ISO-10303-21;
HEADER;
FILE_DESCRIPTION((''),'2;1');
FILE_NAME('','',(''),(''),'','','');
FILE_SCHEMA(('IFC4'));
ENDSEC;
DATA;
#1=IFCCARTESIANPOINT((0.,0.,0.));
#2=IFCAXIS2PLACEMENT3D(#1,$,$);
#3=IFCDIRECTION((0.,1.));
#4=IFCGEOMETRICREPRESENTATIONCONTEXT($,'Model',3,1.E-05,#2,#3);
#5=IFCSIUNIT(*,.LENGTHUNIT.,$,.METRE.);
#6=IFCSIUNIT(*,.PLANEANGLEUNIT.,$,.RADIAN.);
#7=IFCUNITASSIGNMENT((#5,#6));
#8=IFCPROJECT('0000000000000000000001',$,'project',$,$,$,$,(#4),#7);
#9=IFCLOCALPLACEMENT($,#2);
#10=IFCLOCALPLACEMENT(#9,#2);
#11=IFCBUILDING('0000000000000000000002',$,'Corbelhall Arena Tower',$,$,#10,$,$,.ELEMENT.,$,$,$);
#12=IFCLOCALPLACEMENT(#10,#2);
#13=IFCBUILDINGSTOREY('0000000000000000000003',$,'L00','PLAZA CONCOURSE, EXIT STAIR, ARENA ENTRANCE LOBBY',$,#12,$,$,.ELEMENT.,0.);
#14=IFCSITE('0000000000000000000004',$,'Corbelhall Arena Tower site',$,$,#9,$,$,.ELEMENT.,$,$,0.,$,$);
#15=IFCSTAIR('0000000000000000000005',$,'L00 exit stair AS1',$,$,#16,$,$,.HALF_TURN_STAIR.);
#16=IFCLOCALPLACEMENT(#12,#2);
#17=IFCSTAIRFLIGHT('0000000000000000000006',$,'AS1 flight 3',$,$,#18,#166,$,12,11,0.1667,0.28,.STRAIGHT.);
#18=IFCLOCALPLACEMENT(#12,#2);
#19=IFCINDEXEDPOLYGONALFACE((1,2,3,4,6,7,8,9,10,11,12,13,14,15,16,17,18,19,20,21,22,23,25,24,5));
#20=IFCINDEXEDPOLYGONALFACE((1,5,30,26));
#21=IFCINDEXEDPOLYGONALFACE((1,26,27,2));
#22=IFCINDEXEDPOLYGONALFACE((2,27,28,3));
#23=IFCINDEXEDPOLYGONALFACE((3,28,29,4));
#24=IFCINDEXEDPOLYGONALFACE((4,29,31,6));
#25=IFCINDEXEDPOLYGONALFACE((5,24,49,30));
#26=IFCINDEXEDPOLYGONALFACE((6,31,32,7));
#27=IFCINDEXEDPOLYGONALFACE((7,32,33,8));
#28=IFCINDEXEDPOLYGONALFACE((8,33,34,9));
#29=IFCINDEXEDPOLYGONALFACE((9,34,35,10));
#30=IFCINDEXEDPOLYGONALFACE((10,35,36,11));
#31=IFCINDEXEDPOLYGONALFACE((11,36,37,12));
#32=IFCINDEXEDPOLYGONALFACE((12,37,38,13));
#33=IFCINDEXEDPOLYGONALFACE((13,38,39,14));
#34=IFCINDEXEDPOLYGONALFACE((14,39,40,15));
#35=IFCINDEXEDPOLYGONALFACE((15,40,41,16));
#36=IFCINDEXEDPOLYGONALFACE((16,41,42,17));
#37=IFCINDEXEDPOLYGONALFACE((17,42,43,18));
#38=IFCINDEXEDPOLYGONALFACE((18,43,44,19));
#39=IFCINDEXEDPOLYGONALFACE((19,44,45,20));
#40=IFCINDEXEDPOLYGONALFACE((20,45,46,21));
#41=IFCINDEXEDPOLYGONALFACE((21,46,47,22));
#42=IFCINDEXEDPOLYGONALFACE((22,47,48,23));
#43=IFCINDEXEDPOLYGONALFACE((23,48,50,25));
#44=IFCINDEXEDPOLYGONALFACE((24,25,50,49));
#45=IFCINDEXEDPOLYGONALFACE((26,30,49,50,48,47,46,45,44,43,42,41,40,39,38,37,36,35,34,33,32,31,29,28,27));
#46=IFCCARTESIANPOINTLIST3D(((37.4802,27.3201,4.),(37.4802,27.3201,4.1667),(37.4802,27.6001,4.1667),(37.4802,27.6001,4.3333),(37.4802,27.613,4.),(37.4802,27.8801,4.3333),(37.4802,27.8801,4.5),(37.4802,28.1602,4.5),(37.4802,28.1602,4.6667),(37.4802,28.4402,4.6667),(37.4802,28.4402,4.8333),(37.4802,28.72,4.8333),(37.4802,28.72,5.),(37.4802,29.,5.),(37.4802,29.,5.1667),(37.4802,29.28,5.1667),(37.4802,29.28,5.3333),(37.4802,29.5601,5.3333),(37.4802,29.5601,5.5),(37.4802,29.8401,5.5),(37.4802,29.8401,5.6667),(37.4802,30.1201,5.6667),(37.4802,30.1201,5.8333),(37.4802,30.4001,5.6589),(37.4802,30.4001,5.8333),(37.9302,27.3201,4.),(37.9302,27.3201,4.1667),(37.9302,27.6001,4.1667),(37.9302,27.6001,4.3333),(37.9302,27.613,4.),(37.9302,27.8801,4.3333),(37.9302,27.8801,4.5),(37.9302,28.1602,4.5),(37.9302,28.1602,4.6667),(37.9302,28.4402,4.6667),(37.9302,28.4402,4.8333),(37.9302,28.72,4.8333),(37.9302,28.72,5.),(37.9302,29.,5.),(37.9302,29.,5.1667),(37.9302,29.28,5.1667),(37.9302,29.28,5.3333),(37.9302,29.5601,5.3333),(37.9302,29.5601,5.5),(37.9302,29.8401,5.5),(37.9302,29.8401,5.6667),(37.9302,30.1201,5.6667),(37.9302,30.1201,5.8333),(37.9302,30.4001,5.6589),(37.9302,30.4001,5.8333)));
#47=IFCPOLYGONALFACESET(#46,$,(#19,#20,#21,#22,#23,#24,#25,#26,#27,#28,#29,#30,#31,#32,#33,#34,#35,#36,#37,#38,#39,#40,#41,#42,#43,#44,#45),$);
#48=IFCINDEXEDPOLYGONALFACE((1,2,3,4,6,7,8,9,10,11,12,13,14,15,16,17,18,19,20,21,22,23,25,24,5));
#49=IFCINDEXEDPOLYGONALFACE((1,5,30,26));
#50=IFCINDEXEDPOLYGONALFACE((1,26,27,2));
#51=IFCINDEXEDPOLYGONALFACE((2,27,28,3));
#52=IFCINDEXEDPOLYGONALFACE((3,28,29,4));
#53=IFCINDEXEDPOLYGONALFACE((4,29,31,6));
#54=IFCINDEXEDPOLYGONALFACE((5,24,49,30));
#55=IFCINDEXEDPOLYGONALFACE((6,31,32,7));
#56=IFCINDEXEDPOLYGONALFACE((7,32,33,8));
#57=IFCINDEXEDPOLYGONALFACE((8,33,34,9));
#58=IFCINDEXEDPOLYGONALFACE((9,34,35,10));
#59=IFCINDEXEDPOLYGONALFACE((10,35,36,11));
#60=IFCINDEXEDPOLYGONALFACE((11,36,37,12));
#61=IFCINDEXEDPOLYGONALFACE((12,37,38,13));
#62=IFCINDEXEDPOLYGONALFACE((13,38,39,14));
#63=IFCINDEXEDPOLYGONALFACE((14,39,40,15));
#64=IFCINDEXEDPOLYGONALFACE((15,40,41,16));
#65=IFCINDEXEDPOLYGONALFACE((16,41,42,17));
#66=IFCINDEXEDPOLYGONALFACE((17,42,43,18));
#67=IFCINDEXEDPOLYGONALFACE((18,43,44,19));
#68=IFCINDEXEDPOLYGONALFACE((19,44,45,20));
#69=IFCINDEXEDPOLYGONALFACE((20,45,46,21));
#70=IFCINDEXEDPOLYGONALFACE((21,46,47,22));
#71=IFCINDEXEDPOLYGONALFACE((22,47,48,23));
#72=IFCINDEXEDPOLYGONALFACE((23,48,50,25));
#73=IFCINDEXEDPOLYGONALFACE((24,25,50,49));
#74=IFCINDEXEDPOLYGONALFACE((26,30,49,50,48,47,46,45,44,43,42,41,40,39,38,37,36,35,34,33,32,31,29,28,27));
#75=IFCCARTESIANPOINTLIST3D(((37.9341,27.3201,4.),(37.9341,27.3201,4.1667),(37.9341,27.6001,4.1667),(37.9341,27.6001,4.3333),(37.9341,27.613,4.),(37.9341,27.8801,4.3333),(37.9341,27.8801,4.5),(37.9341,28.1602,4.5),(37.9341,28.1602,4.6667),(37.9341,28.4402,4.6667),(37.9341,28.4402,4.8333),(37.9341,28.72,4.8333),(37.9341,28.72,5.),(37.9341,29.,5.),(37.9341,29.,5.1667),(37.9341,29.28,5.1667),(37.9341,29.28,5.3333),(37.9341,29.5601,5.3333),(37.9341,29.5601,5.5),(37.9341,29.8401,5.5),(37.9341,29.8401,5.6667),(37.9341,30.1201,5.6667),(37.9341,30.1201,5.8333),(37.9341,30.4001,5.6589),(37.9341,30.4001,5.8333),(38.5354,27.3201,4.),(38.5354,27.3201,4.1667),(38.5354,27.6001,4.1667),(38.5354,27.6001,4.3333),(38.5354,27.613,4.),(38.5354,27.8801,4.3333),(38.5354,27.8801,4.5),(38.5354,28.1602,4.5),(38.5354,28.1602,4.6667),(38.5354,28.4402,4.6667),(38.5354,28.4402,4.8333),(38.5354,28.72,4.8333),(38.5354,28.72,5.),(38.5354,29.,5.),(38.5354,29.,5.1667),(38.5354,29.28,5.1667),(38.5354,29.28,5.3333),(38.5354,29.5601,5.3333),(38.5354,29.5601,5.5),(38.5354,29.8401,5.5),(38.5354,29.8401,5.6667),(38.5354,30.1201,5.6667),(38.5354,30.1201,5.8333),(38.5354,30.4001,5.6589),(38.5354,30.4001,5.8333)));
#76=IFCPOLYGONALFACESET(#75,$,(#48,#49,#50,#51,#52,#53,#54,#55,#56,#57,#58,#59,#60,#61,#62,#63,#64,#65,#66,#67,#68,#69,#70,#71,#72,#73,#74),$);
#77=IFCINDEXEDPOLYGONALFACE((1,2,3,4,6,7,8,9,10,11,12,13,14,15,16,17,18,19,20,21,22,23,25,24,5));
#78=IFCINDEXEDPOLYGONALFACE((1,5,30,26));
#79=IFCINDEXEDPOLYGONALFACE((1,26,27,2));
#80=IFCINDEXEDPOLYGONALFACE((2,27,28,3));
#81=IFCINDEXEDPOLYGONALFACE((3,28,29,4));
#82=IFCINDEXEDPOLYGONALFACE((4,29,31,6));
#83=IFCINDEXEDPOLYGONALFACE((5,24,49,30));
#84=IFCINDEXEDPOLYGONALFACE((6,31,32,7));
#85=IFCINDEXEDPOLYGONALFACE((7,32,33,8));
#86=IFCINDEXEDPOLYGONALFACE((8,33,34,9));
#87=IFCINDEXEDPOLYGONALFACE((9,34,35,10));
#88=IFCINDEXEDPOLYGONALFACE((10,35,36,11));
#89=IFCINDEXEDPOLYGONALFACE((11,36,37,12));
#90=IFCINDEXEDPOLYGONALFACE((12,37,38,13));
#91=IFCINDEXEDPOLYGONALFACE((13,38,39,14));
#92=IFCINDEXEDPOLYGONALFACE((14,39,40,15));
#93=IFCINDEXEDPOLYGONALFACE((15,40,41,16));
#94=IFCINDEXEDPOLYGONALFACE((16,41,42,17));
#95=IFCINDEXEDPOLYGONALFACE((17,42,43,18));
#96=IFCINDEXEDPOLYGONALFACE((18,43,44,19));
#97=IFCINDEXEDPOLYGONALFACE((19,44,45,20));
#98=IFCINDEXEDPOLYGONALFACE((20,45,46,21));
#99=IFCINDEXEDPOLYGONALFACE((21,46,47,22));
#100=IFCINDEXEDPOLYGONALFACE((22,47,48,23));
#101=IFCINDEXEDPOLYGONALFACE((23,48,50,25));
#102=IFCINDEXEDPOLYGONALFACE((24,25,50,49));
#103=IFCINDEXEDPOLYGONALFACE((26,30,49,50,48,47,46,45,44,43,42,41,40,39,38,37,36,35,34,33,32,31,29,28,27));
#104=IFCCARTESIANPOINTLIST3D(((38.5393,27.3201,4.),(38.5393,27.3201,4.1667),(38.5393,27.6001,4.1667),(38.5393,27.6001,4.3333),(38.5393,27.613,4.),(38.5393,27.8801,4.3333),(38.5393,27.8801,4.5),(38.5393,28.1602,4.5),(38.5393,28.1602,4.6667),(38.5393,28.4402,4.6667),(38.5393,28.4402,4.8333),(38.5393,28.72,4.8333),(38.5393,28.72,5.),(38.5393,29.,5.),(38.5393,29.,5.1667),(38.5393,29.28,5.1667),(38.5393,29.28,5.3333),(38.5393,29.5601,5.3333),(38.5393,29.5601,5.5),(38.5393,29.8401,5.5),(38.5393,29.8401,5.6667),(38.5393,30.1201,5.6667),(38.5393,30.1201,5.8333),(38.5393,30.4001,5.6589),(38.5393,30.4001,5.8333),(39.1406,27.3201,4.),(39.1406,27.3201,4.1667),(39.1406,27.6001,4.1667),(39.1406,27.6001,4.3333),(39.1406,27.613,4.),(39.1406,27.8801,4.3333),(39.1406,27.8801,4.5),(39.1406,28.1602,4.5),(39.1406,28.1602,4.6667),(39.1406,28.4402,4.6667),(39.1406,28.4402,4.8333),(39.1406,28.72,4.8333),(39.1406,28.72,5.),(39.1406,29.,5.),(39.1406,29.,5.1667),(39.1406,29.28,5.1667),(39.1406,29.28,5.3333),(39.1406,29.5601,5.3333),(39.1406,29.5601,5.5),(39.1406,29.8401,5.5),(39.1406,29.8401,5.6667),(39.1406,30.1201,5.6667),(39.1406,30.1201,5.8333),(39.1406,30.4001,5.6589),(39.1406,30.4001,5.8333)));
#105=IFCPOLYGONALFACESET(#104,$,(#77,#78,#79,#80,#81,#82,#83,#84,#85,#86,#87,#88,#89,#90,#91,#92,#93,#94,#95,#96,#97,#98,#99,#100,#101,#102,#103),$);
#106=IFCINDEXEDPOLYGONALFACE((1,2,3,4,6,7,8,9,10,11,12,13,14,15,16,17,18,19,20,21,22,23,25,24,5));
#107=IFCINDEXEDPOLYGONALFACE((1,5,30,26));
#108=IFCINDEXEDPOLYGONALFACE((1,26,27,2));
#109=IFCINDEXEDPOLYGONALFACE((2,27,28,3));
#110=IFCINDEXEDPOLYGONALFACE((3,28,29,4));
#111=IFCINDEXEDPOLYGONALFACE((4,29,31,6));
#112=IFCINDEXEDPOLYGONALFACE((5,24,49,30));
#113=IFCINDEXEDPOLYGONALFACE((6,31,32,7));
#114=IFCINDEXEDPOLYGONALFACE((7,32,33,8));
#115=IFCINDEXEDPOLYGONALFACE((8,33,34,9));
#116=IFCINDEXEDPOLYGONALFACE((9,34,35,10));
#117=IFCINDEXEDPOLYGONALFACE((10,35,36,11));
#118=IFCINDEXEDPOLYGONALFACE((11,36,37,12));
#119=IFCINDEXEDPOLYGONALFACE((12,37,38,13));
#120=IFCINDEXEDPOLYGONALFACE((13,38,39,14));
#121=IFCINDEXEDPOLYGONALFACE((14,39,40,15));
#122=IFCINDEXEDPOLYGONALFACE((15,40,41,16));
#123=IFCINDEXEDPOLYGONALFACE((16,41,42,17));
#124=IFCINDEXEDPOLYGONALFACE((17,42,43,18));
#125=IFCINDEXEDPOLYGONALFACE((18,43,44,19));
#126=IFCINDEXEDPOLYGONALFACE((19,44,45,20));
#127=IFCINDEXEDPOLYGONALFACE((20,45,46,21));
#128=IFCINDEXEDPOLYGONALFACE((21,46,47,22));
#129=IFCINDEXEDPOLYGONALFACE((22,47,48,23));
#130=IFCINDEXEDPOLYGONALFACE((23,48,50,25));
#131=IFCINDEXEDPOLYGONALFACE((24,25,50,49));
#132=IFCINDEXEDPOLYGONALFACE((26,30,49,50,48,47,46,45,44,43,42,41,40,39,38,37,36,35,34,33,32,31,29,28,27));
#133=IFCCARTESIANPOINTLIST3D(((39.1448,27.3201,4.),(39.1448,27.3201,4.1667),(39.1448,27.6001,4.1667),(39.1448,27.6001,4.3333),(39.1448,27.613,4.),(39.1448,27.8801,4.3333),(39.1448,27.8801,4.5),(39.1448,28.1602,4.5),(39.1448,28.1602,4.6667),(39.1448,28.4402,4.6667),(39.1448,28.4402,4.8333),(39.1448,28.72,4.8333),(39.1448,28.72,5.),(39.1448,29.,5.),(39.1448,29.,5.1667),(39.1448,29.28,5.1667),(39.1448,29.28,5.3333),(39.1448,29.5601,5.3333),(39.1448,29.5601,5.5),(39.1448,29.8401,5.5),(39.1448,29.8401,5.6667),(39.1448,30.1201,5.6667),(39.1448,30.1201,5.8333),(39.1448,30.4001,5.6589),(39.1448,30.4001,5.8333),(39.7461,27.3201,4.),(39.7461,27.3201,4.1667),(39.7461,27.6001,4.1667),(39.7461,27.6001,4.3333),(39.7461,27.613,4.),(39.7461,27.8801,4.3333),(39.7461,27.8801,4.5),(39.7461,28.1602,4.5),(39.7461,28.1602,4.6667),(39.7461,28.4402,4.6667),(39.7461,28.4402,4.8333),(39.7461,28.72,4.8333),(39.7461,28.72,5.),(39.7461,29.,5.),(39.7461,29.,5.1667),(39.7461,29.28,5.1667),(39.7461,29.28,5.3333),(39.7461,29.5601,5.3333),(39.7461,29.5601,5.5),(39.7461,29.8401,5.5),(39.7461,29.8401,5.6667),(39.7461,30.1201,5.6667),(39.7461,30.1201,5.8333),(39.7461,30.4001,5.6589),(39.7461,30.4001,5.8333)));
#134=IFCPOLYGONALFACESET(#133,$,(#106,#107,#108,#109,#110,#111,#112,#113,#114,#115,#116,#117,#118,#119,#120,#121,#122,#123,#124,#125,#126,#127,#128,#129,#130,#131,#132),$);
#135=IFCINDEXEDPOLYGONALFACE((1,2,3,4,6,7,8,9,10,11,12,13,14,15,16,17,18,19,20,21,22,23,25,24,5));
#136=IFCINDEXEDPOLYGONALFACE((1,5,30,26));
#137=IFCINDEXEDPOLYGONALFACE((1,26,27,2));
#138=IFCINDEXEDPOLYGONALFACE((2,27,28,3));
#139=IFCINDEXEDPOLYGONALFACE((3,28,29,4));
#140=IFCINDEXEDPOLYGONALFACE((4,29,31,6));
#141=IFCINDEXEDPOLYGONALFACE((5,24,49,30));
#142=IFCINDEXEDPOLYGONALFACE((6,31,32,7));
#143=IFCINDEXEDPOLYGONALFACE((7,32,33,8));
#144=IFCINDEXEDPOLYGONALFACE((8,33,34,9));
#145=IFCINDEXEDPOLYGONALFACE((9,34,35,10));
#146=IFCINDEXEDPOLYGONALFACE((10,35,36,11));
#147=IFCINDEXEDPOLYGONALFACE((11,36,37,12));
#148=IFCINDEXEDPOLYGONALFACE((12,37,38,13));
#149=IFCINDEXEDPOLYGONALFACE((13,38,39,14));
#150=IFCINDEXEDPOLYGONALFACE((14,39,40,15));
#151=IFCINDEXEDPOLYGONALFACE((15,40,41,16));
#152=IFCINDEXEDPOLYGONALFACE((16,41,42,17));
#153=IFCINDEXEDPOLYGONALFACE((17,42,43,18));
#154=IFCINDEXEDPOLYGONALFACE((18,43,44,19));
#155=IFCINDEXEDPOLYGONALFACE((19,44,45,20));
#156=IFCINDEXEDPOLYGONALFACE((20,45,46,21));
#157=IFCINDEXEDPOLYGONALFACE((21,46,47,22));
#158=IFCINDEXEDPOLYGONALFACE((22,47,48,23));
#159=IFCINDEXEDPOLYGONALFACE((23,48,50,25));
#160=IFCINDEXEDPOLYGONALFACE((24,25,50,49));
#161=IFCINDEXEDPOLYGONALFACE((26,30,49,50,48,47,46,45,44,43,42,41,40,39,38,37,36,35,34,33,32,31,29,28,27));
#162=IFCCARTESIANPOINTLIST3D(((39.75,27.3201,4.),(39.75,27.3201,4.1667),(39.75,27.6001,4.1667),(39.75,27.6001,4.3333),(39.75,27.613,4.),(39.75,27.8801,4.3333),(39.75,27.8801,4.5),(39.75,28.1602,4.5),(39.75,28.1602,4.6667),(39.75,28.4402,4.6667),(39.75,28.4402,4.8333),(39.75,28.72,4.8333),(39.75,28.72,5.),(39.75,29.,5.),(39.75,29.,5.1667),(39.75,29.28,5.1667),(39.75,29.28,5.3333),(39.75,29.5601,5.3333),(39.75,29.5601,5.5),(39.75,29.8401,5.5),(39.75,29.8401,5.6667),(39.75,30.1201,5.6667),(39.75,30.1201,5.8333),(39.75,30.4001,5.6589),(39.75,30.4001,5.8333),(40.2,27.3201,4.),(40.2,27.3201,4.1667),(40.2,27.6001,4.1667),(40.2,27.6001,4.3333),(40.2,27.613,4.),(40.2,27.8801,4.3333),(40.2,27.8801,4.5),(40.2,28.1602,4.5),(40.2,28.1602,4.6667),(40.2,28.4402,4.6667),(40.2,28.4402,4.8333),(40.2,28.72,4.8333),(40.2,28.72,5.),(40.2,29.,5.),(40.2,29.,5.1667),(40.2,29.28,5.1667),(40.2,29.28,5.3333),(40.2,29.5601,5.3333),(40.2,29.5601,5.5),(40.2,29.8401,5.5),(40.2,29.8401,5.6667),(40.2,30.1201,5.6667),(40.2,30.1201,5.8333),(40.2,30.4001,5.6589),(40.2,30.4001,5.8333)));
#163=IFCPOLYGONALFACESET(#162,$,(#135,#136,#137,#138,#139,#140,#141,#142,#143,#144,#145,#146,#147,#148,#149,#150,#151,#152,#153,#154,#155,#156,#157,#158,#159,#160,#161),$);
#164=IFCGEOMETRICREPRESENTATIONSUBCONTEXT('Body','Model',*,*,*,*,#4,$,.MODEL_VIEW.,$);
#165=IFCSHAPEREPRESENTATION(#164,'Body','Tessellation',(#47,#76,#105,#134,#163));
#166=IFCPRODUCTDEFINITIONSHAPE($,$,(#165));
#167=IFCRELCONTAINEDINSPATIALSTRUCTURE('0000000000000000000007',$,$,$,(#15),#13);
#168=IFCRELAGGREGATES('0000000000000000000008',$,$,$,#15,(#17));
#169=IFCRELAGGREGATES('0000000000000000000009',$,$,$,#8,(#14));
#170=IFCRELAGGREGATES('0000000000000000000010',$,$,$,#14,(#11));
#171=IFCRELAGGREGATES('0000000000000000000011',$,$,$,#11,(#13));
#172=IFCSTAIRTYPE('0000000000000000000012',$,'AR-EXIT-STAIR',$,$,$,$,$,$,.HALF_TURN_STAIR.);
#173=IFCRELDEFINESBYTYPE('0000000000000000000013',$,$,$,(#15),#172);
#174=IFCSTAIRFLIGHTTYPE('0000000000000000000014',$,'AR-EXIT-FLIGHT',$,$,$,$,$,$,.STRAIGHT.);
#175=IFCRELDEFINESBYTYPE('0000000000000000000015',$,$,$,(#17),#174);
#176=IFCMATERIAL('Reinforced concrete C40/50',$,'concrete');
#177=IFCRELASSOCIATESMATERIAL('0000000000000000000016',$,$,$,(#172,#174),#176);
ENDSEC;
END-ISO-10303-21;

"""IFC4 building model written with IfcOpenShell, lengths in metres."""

from ifc_helpers import new_model, si_unit, direction, frame, origin, place, context, subcontext, project, spatial, polyline, outline, extrude, material, type_object, element, aggregate, save


model = new_model("IFC4")

# Units and contexts
model_context = context("Model", 3, precision=1e-05, world=origin(), true_north=direction((0.0, 1.0)))
body_context = subcontext(model_context, "Body", "Model", "MODEL_VIEW")
ifc_project = project(units=[si_unit("LENGTHUNIT", "METRE"), si_unit("PLANEANGLEUNIT", "RADIAN")], contexts=[model_context])

# Site, building, storey
site_placement = place(None, origin())
site = spatial("IfcSite", under=ifc_project, at=site_placement, Name="Corbelhall Arena Tower site", CompositionType="ELEMENT", RefElevation=0.0)
building_placement = place(site_placement, origin())
building = spatial("IfcBuilding", under=site, at=building_placement, Name="Corbelhall Arena Tower", CompositionType="ELEMENT")
storey_placement = place(building_placement, origin())
storey = spatial("IfcBuildingStorey", under=building, at=storey_placement, Name="L00", Description="PLAZA CONCOURSE, EXIT STAIR, ARENA ENTRANCE LOBBY", CompositionType="ELEMENT", Elevation=0.0)

# Shared definitions
ifc_material_1 = material(Name="Reinforced concrete C40/50", Category="concrete")

# Stair, stair flight
stair_type = type_object("IfcStairType", Name="AR-EXIT-STAIR", PredefinedType="HALF_TURN_STAIR", material=ifc_material_1)
stair_1_placement = place(storey_placement, origin())
stair_1 = element("IfcStair", 1, at=stair_1_placement, inside=storey, type_object=stair_type, Name="L00 exit stair AS1", PredefinedType="HALF_TURN_STAIR")
stair_flight_type = type_object("IfcStairFlightType", Name="AR-EXIT-FLIGHT", PredefinedType="STRAIGHT", material=ifc_material_1)
stair_flight_1_placement = place(storey_placement, frame((38.8401, 27.3201, 4.0), z_axis=(0.0, 0.0, 1.0), x_axis=(0.0, 1.0, 0.0)))
stair_flight_1 = element("IfcStairFlight", 2, at=stair_flight_1_placement, type_object=stair_flight_type, Name="AS1 flight 3", NumberOfRisers=12, NumberOfTreads=11, PredefinedType="STRAIGHT", RiserHeight=0.1667, TreadLength=0.28, context=body_context, shape_type="SweptSolid", body=[
    extrude(outline(polyline([(0.0, 0.0), (0.0, 0.1667), (0.28, 0.1667), (0.28, 0.3333), (0.5601, 0.3333), (0.5601, 0.5), (0.8401, 0.5), (0.8401, 0.6667), (1.1201, 0.6667), (1.1201, 0.8333), (1.3999, 0.8333), (1.3999, 1.0), (1.6799, 1.0), (1.6799, 1.1667), (1.96, 1.1667), (1.96, 1.3333), (2.24, 1.3333), (2.24, 1.5), (2.52, 1.5), (2.52, 1.6667), (2.8, 1.6667), (2.8, 1.8333), (3.0801, 1.8333), (3.0801, 2.0), (3.0801, 1.6589), (0.293, 0.0), (0.0, 0.0)])), frame((0.0, 1.3599, 0.0), z_axis=(0.0, -1.0, 0.0), x_axis=(1.0, 0.0, 0.0)), (0.0, 0.0, 1.0), 0.45),
    extrude(outline(polyline([(0.0, 0.0), (0.0, 0.1667), (0.28, 0.1667), (0.28, 0.3333), (0.5601, 0.3333), (0.5601, 0.5), (0.8401, 0.5), (0.8401, 0.6667), (1.1201, 0.6667), (1.1201, 0.8333), (1.3999, 0.8333), (1.3999, 1.0), (1.6799, 1.0), (1.6799, 1.1667), (1.96, 1.1667), (1.96, 1.3333), (2.24, 1.3333), (2.24, 1.5), (2.52, 1.5), (2.52, 1.6667), (2.8, 1.6667), (2.8, 1.8333), (3.0801, 1.8333), (3.0801, 2.0), (3.0801, 1.6589), (0.293, 0.0), (0.0, 0.0)])), frame((0.0, 0.906, 0.0), z_axis=(0.0, -1.0, 0.0), x_axis=(1.0, 0.0, 0.0)), (0.0, 0.0, 1.0), 0.6013),
    extrude(outline(polyline([(0.0, 0.0), (0.0, 0.1667), (0.28, 0.1667), (0.28, 0.3333), (0.5601, 0.3333), (0.5601, 0.5), (0.8401, 0.5), (0.8401, 0.6667), (1.1201, 0.6667), (1.1201, 0.8333), (1.3999, 0.8333), (1.3999, 1.0), (1.6799, 1.0), (1.6799, 1.1667), (1.96, 1.1667), (1.96, 1.3333), (2.24, 1.3333), (2.24, 1.5), (2.52, 1.5), (2.52, 1.6667), (2.8, 1.6667), (2.8, 1.8333), (3.0801, 1.8333), (3.0801, 2.0), (3.0801, 1.6589), (0.293, 0.0), (0.0, 0.0)])), frame((0.0, 0.3008, 0.0), z_axis=(0.0, -1.0, 0.0), x_axis=(1.0, 0.0, 0.0)), (0.0, 0.0, 1.0), 0.6013),
    extrude(outline(polyline([(0.0, 0.0), (0.0, 0.1667), (0.28, 0.1667), (0.28, 0.3333), (0.5601, 0.3333), (0.5601, 0.5), (0.8401, 0.5), (0.8401, 0.6667), (1.1201, 0.6667), (1.1201, 0.8333), (1.3999, 0.8333), (1.3999, 1.0), (1.6799, 1.0), (1.6799, 1.1667), (1.96, 1.1667), (1.96, 1.3333), (2.24, 1.3333), (2.24, 1.5), (2.52, 1.5), (2.52, 1.6667), (2.8, 1.6667), (2.8, 1.8333), (3.0801, 1.8333), (3.0801, 2.0), (3.0801, 1.6589), (0.293, 0.0), (0.0, 0.0)])), frame((0.0, -0.3047, 0.0), z_axis=(0.0, -1.0, 0.0), x_axis=(1.0, 0.0, 0.0)), (0.0, 0.0, 1.0), 0.6013),
    extrude(outline(polyline([(0.0, 0.0), (0.0, 0.1667), (0.28, 0.1667), (0.28, 0.3333), (0.5601, 0.3333), (0.5601, 0.5), (0.8401, 0.5), (0.8401, 0.6667), (1.1201, 0.6667), (1.1201, 0.8333), (1.3999, 0.8333), (1.3999, 1.0), (1.6799, 1.0), (1.6799, 1.1667), (1.96, 1.1667), (1.96, 1.3333), (2.24, 1.3333), (2.24, 1.5), (2.52, 1.5), (2.52, 1.6667), (2.8, 1.6667), (2.8, 1.8333), (3.0801, 1.8333), (3.0801, 2.0), (3.0801, 1.6589), (0.293, 0.0), (0.0, 0.0)])), frame((0.0, -0.9099, 0.0), z_axis=(0.0, -1.0, 0.0), x_axis=(1.0, 0.0, 0.0)), (0.0, 0.0, 1.0), 0.45),
])
aggregate(stair_1, [stair_flight_1])

save(model, "model.ifc")
